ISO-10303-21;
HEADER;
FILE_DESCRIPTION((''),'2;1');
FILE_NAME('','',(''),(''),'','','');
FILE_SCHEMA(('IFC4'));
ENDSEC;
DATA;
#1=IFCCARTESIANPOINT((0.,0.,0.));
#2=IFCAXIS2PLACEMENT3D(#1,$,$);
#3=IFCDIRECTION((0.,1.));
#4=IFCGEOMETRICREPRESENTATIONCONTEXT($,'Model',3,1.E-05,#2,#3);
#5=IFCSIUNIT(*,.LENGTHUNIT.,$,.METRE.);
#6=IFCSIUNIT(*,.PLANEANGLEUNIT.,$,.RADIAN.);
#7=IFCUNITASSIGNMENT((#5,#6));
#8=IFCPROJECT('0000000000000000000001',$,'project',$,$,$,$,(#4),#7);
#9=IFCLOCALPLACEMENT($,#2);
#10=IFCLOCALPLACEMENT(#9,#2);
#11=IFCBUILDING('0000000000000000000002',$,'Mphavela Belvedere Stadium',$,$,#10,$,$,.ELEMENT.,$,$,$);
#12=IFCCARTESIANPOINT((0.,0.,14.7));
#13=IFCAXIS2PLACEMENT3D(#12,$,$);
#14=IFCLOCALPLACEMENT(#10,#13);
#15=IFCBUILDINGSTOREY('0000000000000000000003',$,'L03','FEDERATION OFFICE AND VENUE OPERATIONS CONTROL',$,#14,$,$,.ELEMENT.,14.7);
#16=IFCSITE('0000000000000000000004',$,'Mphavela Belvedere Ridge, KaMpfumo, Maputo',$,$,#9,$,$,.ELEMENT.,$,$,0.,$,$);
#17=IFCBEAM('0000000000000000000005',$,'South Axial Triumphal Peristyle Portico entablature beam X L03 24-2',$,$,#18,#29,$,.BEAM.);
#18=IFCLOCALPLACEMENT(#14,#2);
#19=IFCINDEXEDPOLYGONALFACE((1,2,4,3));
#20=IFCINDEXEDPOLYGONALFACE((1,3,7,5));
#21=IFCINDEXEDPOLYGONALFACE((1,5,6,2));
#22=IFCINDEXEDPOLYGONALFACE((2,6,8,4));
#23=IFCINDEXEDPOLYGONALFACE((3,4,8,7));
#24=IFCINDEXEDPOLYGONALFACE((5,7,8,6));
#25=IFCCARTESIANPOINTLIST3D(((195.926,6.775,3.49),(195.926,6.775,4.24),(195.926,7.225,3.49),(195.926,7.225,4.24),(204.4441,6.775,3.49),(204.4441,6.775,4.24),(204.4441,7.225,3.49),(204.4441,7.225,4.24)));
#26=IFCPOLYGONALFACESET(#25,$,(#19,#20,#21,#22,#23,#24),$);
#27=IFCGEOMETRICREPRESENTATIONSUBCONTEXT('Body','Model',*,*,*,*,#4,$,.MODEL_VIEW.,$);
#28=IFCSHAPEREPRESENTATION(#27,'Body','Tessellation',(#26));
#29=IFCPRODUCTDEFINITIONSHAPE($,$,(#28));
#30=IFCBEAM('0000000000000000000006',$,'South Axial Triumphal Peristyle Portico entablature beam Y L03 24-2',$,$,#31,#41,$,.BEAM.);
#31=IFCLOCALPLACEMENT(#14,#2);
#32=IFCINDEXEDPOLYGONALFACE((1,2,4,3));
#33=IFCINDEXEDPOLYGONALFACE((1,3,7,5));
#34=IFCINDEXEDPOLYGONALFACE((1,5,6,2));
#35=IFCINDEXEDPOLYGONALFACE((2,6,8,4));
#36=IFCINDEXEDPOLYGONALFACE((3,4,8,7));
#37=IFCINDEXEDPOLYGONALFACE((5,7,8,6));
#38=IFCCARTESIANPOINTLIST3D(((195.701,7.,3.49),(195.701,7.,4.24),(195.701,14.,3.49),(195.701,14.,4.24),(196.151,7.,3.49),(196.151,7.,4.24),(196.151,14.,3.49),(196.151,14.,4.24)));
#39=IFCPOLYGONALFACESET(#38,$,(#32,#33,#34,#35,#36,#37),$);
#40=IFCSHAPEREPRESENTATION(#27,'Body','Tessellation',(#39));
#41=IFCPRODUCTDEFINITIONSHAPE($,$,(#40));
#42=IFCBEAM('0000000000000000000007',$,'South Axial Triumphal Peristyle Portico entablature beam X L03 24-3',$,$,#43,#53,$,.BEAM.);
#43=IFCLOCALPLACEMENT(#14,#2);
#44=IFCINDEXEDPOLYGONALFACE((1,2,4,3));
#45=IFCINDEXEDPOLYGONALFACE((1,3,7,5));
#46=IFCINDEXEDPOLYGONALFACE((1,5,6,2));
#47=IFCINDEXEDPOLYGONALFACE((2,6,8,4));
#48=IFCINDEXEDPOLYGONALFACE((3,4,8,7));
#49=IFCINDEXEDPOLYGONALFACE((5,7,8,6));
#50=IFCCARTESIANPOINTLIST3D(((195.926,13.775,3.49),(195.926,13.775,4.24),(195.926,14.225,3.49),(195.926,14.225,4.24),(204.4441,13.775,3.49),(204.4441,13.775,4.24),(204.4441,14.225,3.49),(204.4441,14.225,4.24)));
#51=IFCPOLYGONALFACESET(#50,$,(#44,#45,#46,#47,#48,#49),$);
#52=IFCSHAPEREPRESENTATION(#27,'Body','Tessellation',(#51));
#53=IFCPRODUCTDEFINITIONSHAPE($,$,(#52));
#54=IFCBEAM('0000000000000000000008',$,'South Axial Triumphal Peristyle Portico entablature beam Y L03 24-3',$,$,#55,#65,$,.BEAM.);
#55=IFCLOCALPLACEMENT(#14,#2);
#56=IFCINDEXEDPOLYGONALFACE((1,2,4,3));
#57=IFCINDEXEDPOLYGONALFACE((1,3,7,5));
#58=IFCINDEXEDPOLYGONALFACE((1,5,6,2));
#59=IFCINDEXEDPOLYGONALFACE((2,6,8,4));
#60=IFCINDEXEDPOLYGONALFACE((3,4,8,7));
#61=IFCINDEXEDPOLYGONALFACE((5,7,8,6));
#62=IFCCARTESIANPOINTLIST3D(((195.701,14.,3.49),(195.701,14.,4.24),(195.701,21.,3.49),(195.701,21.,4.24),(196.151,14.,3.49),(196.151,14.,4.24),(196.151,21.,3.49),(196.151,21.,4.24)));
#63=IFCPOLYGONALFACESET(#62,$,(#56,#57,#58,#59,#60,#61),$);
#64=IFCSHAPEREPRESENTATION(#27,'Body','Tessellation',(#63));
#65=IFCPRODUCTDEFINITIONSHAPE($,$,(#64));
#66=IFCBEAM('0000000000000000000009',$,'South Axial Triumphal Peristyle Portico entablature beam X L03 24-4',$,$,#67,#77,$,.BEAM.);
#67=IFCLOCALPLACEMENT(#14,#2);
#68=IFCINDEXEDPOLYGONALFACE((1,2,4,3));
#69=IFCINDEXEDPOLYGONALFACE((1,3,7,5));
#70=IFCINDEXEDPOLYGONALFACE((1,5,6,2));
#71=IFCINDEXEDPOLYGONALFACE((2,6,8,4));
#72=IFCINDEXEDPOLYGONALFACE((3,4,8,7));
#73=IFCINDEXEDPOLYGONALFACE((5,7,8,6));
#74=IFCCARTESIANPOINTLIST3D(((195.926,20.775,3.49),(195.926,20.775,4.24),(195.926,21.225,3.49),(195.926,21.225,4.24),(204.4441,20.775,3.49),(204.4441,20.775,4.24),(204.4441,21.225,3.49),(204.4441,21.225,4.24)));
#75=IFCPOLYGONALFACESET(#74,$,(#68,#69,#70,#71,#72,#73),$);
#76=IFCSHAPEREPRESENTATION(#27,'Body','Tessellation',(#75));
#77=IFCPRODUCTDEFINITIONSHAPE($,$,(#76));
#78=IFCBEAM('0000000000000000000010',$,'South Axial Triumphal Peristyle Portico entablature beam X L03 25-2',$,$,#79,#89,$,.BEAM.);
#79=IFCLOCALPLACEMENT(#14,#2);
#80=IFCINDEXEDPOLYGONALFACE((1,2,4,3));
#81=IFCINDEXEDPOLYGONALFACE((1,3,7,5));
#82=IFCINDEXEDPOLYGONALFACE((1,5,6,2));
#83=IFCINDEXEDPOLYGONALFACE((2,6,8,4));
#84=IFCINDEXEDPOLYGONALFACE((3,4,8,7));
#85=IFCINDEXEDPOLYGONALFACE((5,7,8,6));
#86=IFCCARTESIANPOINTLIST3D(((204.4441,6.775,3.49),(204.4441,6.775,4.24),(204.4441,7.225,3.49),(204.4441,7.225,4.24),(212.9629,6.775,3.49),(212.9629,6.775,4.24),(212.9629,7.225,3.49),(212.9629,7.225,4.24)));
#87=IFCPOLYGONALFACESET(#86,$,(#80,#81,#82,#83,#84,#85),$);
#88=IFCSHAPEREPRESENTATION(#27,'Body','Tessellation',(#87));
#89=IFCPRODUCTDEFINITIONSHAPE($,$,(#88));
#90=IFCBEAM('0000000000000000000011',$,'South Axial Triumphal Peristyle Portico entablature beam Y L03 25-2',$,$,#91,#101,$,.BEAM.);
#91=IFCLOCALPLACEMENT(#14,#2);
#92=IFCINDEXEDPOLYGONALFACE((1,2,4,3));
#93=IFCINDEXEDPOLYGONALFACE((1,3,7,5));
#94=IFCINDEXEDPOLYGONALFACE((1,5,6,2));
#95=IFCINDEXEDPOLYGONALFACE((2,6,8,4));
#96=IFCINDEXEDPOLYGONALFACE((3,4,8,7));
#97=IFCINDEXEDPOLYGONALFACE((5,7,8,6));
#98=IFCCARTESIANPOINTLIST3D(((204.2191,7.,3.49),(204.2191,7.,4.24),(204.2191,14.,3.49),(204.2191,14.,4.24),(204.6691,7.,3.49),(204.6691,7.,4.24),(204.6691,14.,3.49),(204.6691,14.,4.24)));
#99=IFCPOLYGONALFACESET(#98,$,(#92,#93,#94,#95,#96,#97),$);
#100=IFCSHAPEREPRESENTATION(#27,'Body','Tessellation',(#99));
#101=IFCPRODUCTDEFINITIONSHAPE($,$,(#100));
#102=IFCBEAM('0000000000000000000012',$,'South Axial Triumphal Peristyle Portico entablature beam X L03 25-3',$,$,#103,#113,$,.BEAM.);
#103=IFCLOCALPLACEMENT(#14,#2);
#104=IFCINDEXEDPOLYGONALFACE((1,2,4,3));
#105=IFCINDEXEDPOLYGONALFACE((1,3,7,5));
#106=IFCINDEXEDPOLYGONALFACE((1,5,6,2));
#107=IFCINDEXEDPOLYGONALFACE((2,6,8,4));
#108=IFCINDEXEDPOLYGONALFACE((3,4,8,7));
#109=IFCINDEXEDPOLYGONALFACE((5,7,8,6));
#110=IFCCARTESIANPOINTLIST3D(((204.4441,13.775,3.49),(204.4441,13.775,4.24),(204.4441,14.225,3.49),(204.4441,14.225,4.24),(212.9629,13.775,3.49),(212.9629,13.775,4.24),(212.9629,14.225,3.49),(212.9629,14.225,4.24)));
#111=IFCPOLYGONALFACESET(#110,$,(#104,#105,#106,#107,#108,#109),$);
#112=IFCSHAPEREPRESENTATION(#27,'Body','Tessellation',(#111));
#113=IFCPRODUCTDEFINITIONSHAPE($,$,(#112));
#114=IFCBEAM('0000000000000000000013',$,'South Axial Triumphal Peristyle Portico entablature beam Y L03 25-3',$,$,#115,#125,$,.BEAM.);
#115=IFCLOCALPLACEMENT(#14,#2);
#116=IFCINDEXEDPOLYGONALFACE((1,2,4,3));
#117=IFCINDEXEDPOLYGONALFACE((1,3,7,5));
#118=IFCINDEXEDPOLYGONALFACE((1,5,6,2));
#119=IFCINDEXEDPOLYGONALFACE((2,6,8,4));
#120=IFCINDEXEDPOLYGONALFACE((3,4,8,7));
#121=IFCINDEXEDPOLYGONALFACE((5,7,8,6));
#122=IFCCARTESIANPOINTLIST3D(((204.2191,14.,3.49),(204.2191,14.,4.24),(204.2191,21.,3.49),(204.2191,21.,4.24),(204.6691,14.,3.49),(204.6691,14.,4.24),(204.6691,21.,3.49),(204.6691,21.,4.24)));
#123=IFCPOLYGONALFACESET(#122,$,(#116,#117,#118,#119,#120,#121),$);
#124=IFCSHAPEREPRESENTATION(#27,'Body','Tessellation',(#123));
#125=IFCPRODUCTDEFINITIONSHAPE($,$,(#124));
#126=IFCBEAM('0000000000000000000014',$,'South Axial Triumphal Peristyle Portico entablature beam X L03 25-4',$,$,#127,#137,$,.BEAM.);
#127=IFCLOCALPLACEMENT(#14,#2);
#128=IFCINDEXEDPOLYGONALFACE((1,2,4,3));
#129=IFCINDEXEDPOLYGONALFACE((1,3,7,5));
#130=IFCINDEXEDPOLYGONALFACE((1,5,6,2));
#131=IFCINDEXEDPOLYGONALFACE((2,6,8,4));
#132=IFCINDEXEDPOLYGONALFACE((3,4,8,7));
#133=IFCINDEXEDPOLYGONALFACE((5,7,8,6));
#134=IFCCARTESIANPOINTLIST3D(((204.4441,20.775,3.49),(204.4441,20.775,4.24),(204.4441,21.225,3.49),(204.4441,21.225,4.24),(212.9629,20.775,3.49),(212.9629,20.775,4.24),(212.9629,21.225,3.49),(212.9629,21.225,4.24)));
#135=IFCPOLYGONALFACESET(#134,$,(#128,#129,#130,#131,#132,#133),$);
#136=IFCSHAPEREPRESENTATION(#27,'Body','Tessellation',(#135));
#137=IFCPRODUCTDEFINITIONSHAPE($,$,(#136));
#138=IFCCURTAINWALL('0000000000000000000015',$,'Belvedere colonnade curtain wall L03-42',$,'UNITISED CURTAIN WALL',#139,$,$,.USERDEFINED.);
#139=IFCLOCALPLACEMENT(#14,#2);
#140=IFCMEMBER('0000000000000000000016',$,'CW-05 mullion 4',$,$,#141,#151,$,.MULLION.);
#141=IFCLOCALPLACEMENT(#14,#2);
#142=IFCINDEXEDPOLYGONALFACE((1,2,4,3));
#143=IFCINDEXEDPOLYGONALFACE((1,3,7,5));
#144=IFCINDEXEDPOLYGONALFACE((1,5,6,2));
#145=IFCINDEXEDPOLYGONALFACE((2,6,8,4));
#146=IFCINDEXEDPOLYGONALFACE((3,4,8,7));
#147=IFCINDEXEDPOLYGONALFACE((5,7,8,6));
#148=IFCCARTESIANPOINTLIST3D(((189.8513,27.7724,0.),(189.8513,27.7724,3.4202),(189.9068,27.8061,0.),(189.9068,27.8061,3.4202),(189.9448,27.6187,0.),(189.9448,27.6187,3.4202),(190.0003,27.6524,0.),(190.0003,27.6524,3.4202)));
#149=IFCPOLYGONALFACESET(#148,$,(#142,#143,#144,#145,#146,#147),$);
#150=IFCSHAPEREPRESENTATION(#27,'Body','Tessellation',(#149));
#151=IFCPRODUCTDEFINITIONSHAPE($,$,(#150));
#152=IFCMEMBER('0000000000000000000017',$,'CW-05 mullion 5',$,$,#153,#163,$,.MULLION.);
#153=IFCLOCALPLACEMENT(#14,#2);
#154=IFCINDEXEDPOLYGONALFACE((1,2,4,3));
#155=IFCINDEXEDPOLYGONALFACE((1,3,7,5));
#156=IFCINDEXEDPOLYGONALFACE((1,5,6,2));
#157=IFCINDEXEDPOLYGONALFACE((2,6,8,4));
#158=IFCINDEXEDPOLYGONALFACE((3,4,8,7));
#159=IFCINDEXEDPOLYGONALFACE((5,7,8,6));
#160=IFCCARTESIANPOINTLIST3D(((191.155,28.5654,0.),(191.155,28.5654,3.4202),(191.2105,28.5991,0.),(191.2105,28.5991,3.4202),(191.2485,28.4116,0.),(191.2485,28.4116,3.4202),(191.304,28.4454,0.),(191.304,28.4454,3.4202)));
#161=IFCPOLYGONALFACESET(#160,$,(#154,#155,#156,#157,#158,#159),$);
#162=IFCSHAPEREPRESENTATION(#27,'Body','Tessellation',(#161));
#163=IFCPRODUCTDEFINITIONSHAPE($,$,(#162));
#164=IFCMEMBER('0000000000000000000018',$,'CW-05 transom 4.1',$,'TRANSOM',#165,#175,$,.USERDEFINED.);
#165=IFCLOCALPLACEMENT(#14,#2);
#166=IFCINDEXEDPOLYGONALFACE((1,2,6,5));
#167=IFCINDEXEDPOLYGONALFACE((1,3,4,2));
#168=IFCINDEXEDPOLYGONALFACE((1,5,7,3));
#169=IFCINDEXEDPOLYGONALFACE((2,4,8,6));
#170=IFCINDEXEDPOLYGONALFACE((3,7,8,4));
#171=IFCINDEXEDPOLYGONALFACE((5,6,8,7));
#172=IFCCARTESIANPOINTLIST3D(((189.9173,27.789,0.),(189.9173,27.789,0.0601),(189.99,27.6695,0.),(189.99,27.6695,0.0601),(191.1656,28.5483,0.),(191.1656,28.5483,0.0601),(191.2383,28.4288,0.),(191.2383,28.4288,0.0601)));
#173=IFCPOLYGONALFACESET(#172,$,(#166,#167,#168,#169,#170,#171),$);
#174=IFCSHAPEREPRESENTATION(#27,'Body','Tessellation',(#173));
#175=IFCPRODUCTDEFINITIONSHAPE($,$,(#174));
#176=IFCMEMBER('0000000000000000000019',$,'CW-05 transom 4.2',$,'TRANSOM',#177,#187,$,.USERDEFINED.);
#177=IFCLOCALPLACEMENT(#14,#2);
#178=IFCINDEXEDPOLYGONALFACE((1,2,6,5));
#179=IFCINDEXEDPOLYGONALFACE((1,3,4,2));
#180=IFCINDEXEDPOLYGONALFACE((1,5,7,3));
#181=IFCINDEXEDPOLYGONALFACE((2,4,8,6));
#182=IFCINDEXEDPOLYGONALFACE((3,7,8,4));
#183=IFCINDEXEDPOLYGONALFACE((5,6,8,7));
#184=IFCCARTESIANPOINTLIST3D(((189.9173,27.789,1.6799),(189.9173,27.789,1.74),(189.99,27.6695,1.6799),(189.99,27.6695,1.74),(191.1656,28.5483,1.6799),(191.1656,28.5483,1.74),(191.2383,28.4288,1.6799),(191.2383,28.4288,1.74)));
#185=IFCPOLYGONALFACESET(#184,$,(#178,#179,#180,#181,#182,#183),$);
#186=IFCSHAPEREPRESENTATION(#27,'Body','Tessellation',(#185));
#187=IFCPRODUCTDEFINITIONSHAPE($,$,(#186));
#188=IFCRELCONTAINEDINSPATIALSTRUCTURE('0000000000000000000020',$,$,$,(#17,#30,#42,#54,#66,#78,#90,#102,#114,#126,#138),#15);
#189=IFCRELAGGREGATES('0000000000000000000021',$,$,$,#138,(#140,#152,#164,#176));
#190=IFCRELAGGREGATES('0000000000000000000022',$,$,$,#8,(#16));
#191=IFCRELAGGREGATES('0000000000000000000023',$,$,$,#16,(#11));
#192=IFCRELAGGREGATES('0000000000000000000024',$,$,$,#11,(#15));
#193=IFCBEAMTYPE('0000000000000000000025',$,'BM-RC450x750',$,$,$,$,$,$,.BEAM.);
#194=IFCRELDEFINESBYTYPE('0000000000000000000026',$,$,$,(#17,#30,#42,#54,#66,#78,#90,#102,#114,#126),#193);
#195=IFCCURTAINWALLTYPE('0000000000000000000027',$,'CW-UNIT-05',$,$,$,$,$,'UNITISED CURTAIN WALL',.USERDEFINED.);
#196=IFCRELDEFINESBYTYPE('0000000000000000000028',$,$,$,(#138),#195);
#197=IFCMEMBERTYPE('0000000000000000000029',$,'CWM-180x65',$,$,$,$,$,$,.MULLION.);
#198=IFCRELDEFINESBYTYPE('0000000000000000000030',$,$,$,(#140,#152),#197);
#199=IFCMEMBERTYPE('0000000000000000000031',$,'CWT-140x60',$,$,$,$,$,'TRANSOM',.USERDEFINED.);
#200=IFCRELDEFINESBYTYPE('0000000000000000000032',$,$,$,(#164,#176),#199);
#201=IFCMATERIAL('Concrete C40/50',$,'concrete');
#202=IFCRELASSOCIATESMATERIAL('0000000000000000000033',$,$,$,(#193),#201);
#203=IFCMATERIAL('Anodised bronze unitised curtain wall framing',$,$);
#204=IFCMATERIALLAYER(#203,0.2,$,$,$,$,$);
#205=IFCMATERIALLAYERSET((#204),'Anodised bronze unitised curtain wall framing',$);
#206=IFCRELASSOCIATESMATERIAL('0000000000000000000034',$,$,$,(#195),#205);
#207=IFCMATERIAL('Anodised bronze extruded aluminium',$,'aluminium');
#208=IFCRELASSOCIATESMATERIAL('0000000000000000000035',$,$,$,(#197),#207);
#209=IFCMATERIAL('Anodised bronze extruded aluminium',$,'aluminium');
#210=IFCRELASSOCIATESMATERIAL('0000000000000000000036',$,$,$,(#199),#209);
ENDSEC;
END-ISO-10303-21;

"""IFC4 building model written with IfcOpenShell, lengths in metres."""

from ifc_helpers import new_model, si_unit, direction, frame, origin, origin_2d, place, context, subcontext, project, spatial, rectangle, extrude, material, layer, layer_set, material_profile, profile_set, type_object, element, aggregate, save


model = new_model("IFC4")

# Units and contexts
model_context = context("Model", 3, precision=1e-05, world=origin(), true_north=direction((0.0, 1.0)))
body_context = subcontext(model_context, "Body", "Model", "MODEL_VIEW")
ifc_project = project(units=[si_unit("LENGTHUNIT", "METRE"), si_unit("PLANEANGLEUNIT", "RADIAN")], contexts=[model_context])

# Site, building, storey
site_placement = place(None, origin())
site = spatial("IfcSite", under=ifc_project, at=site_placement, Name="Mphavela Belvedere Ridge, KaMpfumo, Maputo", CompositionType="ELEMENT", RefElevation=0.0)
building_placement = place(site_placement, origin())
building = spatial("IfcBuilding", under=site, at=building_placement, Name="Mphavela Belvedere Stadium", CompositionType="ELEMENT")
storey_placement = place(building_placement, frame((0.0, 0.0, 14.7)))
storey = spatial("IfcBuildingStorey", under=building, at=storey_placement, Name="L03", Description="FEDERATION OFFICE AND VENUE OPERATIONS CONTROL", CompositionType="ELEMENT", Elevation=14.7)

# Beams
ifc_material_1 = material(Name="Concrete C40/50", Category="concrete")
ifc_material_profile_1 = material_profile(ifc_material_1, rectangle(XDim=0.45, YDim=0.75, at=origin_2d()), Name="RC 450x750")
ifc_profile_set_1 = profile_set([ifc_material_profile_1], Name="Concrete C40/50")
beam_type_1 = type_object("IfcBeamType", Name="BM-RC450x750", PredefinedType="BEAM", material=ifc_profile_set_1)
beam_1_placement = place(storey_placement, frame((195.926, 7.0, 3.865), z_axis=(1.0, 0.0, 0.0), x_axis=(0.0, 1.0, 0.0)))
element("IfcBeam", 1, at=beam_1_placement, inside=storey, type_object=beam_type_1, Name="South Axial Triumphal Peristyle Portico entablature beam X L03 24-2", PredefinedType="BEAM", context=body_context, shape_type="SweptSolid", body=[
    extrude(rectangle(XDim=0.45, YDim=0.75, at=origin_2d()), origin(), (0.0, 0.0, 1.0), 8.5181),
])
beam_2_placement = place(storey_placement, frame((195.926, 7.0, 3.865), z_axis=(0.0, 1.0, 0.0), x_axis=(-1.0, 0.0, 0.0)))
element("IfcBeam", 2, at=beam_2_placement, inside=storey, type_object=beam_type_1, Name="South Axial Triumphal Peristyle Portico entablature beam Y L03 24-2", PredefinedType="BEAM", context=body_context, shape_type="SweptSolid", body=[
    extrude(rectangle(XDim=0.45, YDim=0.75, at=origin_2d()), origin(), (0.0, 0.0, 1.0), 7.0),
])
beam_3_placement = place(storey_placement, frame((195.926, 14.0, 3.865), z_axis=(1.0, 0.0, 0.0), x_axis=(0.0, 1.0, 0.0)))
element("IfcBeam", 3, at=beam_3_placement, inside=storey, type_object=beam_type_1, Name="South Axial Triumphal Peristyle Portico entablature beam X L03 24-3", PredefinedType="BEAM", context=body_context, shape_type="SweptSolid", body=[
    extrude(rectangle(XDim=0.45, YDim=0.75, at=origin_2d()), origin(), (0.0, 0.0, 1.0), 8.5181),
])
beam_4_placement = place(storey_placement, frame((195.926, 14.0, 3.865), z_axis=(0.0, 1.0, 0.0), x_axis=(-1.0, 0.0, 0.0)))
element("IfcBeam", 4, at=beam_4_placement, inside=storey, type_object=beam_type_1, Name="South Axial Triumphal Peristyle Portico entablature beam Y L03 24-3", PredefinedType="BEAM", context=body_context, shape_type="SweptSolid", body=[
    extrude(rectangle(XDim=0.45, YDim=0.75, at=origin_2d()), origin(), (0.0, 0.0, 1.0), 7.0),
])
beam_5_placement = place(storey_placement, frame((195.926, 21.0, 3.865), z_axis=(1.0, 0.0, 0.0), x_axis=(0.0, 1.0, 0.0)))
element("IfcBeam", 5, at=beam_5_placement, inside=storey, type_object=beam_type_1, Name="South Axial Triumphal Peristyle Portico entablature beam X L03 24-4", PredefinedType="BEAM", context=body_context, shape_type="SweptSolid", body=[
    extrude(rectangle(XDim=0.45, YDim=0.75, at=origin_2d()), origin(), (0.0, 0.0, 1.0), 8.5181),
])
beam_6_placement = place(storey_placement, frame((204.4441, 7.0, 3.865), z_axis=(1.0, 0.0, 0.0), x_axis=(0.0, 1.0, 0.0)))
element("IfcBeam", 6, at=beam_6_placement, inside=storey, type_object=beam_type_1, Name="South Axial Triumphal Peristyle Portico entablature beam X L03 25-2", PredefinedType="BEAM", context=body_context, shape_type="SweptSolid", body=[
    extrude(rectangle(XDim=0.45, YDim=0.75, at=origin_2d()), origin(), (0.0, 0.0, 1.0), 8.5188),
])
beam_7_placement = place(storey_placement, frame((204.4441, 7.0, 3.865), z_axis=(0.0, 1.0, 0.0), x_axis=(-1.0, 0.0, 0.0)))
element("IfcBeam", 7, at=beam_7_placement, inside=storey, type_object=beam_type_1, Name="South Axial Triumphal Peristyle Portico entablature beam Y L03 25-2", PredefinedType="BEAM", context=body_context, shape_type="SweptSolid", body=[
    extrude(rectangle(XDim=0.45, YDim=0.75, at=origin_2d()), origin(), (0.0, 0.0, 1.0), 7.0),
])
beam_8_placement = place(storey_placement, frame((204.4441, 14.0, 3.865), z_axis=(1.0, 0.0, 0.0), x_axis=(0.0, 1.0, 0.0)))
element("IfcBeam", 8, at=beam_8_placement, inside=storey, type_object=beam_type_1, Name="South Axial Triumphal Peristyle Portico entablature beam X L03 25-3", PredefinedType="BEAM", context=body_context, shape_type="SweptSolid", body=[
    extrude(rectangle(XDim=0.45, YDim=0.75, at=origin_2d()), origin(), (0.0, 0.0, 1.0), 8.5188),
])
beam_9_placement = place(storey_placement, frame((204.4441, 14.0, 3.865), z_axis=(0.0, 1.0, 0.0), x_axis=(-1.0, 0.0, 0.0)))
element("IfcBeam", 9, at=beam_9_placement, inside=storey, type_object=beam_type_1, Name="South Axial Triumphal Peristyle Portico entablature beam Y L03 25-3", PredefinedType="BEAM", context=body_context, shape_type="SweptSolid", body=[
    extrude(rectangle(XDim=0.45, YDim=0.75, at=origin_2d()), origin(), (0.0, 0.0, 1.0), 7.0),
])
beam_10_placement = place(storey_placement, frame((204.4441, 21.0, 3.865), z_axis=(1.0, 0.0, 0.0), x_axis=(0.0, 1.0, 0.0)))
element("IfcBeam", 10, at=beam_10_placement, inside=storey, type_object=beam_type_1, Name="South Axial Triumphal Peristyle Portico entablature beam X L03 25-4", PredefinedType="BEAM", context=body_context, shape_type="SweptSolid", body=[
    extrude(rectangle(XDim=0.45, YDim=0.75, at=origin_2d()), origin(), (0.0, 0.0, 1.0), 8.5188),
])

# Curtain wall, members
ifc_material_2 = material(Name="Anodised bronze unitised curtain wall framing")
ifc_layer_1 = layer(ifc_material_2, 0.2)
ifc_layer_set_1 = layer_set([ifc_layer_1], Name="Anodised bronze unitised curtain wall framing")
curtain_wall_type = type_object("IfcCurtainWallType", Name="CW-UNIT-05", ElementType="UNITISED CURTAIN WALL", PredefinedType="USERDEFINED", material=ifc_layer_set_1)
curtain_wall_placement = place(storey_placement, origin())
curtain_wall = element("IfcCurtainWall", 11, at=curtain_wall_placement, inside=storey, type_object=curtain_wall_type, Name="Belvedere colonnade curtain wall L03-42", ObjectType="UNITISED CURTAIN WALL", PredefinedType="USERDEFINED")
ifc_material_3 = material(Name="Anodised bronze extruded aluminium", Category="aluminium")
ifc_material_profile_2 = material_profile(ifc_material_3, rectangle(XDim=0.1799, YDim=0.0649, at=origin_2d()), Name="CW-MUL 180x65")
ifc_profile_set_2 = profile_set([ifc_material_profile_2], Name="Anodised bronze extruded aluminium")
member_type_1 = type_object("IfcMemberType", Name="CWM-180x65", PredefinedType="MULLION", material=ifc_profile_set_2)
member_1_placement = place(storey_placement, frame((189.9258, 27.7124, 0.0), z_axis=(0.0, 0.0, 1.0), x_axis=(-0.519738, 0.854325, 0.0)))
member_1 = element("IfcMember", 12, at=member_1_placement, type_object=member_type_1, Name="CW-05 mullion 4", PredefinedType="MULLION", context=body_context, shape_type="SweptSolid", body=[
    extrude(rectangle(XDim=0.1799, YDim=0.0649, at=origin_2d()), origin(), (0.0, 0.0, 1.0), 3.4202),
])
member_2_placement = place(storey_placement, frame((191.2295, 28.5054, 0.0), z_axis=(0.0, 0.0, 1.0), x_axis=(-0.519738, 0.854325, 0.0)))
member_2 = element("IfcMember", 13, at=member_2_placement, type_object=member_type_1, Name="CW-05 mullion 5", PredefinedType="MULLION", context=body_context, shape_type="SweptSolid", body=[
    extrude(rectangle(XDim=0.1799, YDim=0.0649, at=origin_2d()), origin(), (0.0, 0.0, 1.0), 3.4202),
])
ifc_material_4 = material(Name="Anodised bronze extruded aluminium", Category="aluminium")
ifc_material_profile_3 = material_profile(ifc_material_4, rectangle(XDim=0.1399, YDim=0.0601, at=origin_2d()), Name="CW-TRN 140x60")
ifc_profile_set_3 = profile_set([ifc_material_profile_3], Name="Anodised bronze extruded aluminium")
member_type_2 = type_object("IfcMemberType", Name="CWT-140x60", ElementType="TRANSOM", PredefinedType="USERDEFINED", material=ifc_profile_set_3)
member_3_placement = place(storey_placement, frame((189.9536, 27.7292, 0.03), z_axis=(0.854366, 0.519671, 0.0), x_axis=(-0.519671, 0.854366, 0.0)))
member_3 = element("IfcMember", 14, at=member_3_placement, type_object=member_type_2, Name="CW-05 transom 4.1", ObjectType="TRANSOM", PredefinedType="USERDEFINED", context=body_context, shape_type="SweptSolid", body=[
    extrude(rectangle(XDim=0.1399, YDim=0.0601, at=origin_2d()), origin(), (0.0, 0.0, 1.0), 1.4612),
])
member_4_placement = place(storey_placement, frame((189.9536, 27.7292, 1.71), z_axis=(0.854366, 0.519671, 0.0), x_axis=(-0.519671, 0.854366, 0.0)))
member_4 = element("IfcMember", 15, at=member_4_placement, type_object=member_type_2, Name="CW-05 transom 4.2", ObjectType="TRANSOM", PredefinedType="USERDEFINED", context=body_context, shape_type="SweptSolid", body=[
    extrude(rectangle(XDim=0.1399, YDim=0.0601, at=origin_2d()), origin(), (0.0, 0.0, 1.0), 1.4612),
])
aggregate(curtain_wall, [member_1, member_2, member_3, member_4])

save(model, "model.ifc")
